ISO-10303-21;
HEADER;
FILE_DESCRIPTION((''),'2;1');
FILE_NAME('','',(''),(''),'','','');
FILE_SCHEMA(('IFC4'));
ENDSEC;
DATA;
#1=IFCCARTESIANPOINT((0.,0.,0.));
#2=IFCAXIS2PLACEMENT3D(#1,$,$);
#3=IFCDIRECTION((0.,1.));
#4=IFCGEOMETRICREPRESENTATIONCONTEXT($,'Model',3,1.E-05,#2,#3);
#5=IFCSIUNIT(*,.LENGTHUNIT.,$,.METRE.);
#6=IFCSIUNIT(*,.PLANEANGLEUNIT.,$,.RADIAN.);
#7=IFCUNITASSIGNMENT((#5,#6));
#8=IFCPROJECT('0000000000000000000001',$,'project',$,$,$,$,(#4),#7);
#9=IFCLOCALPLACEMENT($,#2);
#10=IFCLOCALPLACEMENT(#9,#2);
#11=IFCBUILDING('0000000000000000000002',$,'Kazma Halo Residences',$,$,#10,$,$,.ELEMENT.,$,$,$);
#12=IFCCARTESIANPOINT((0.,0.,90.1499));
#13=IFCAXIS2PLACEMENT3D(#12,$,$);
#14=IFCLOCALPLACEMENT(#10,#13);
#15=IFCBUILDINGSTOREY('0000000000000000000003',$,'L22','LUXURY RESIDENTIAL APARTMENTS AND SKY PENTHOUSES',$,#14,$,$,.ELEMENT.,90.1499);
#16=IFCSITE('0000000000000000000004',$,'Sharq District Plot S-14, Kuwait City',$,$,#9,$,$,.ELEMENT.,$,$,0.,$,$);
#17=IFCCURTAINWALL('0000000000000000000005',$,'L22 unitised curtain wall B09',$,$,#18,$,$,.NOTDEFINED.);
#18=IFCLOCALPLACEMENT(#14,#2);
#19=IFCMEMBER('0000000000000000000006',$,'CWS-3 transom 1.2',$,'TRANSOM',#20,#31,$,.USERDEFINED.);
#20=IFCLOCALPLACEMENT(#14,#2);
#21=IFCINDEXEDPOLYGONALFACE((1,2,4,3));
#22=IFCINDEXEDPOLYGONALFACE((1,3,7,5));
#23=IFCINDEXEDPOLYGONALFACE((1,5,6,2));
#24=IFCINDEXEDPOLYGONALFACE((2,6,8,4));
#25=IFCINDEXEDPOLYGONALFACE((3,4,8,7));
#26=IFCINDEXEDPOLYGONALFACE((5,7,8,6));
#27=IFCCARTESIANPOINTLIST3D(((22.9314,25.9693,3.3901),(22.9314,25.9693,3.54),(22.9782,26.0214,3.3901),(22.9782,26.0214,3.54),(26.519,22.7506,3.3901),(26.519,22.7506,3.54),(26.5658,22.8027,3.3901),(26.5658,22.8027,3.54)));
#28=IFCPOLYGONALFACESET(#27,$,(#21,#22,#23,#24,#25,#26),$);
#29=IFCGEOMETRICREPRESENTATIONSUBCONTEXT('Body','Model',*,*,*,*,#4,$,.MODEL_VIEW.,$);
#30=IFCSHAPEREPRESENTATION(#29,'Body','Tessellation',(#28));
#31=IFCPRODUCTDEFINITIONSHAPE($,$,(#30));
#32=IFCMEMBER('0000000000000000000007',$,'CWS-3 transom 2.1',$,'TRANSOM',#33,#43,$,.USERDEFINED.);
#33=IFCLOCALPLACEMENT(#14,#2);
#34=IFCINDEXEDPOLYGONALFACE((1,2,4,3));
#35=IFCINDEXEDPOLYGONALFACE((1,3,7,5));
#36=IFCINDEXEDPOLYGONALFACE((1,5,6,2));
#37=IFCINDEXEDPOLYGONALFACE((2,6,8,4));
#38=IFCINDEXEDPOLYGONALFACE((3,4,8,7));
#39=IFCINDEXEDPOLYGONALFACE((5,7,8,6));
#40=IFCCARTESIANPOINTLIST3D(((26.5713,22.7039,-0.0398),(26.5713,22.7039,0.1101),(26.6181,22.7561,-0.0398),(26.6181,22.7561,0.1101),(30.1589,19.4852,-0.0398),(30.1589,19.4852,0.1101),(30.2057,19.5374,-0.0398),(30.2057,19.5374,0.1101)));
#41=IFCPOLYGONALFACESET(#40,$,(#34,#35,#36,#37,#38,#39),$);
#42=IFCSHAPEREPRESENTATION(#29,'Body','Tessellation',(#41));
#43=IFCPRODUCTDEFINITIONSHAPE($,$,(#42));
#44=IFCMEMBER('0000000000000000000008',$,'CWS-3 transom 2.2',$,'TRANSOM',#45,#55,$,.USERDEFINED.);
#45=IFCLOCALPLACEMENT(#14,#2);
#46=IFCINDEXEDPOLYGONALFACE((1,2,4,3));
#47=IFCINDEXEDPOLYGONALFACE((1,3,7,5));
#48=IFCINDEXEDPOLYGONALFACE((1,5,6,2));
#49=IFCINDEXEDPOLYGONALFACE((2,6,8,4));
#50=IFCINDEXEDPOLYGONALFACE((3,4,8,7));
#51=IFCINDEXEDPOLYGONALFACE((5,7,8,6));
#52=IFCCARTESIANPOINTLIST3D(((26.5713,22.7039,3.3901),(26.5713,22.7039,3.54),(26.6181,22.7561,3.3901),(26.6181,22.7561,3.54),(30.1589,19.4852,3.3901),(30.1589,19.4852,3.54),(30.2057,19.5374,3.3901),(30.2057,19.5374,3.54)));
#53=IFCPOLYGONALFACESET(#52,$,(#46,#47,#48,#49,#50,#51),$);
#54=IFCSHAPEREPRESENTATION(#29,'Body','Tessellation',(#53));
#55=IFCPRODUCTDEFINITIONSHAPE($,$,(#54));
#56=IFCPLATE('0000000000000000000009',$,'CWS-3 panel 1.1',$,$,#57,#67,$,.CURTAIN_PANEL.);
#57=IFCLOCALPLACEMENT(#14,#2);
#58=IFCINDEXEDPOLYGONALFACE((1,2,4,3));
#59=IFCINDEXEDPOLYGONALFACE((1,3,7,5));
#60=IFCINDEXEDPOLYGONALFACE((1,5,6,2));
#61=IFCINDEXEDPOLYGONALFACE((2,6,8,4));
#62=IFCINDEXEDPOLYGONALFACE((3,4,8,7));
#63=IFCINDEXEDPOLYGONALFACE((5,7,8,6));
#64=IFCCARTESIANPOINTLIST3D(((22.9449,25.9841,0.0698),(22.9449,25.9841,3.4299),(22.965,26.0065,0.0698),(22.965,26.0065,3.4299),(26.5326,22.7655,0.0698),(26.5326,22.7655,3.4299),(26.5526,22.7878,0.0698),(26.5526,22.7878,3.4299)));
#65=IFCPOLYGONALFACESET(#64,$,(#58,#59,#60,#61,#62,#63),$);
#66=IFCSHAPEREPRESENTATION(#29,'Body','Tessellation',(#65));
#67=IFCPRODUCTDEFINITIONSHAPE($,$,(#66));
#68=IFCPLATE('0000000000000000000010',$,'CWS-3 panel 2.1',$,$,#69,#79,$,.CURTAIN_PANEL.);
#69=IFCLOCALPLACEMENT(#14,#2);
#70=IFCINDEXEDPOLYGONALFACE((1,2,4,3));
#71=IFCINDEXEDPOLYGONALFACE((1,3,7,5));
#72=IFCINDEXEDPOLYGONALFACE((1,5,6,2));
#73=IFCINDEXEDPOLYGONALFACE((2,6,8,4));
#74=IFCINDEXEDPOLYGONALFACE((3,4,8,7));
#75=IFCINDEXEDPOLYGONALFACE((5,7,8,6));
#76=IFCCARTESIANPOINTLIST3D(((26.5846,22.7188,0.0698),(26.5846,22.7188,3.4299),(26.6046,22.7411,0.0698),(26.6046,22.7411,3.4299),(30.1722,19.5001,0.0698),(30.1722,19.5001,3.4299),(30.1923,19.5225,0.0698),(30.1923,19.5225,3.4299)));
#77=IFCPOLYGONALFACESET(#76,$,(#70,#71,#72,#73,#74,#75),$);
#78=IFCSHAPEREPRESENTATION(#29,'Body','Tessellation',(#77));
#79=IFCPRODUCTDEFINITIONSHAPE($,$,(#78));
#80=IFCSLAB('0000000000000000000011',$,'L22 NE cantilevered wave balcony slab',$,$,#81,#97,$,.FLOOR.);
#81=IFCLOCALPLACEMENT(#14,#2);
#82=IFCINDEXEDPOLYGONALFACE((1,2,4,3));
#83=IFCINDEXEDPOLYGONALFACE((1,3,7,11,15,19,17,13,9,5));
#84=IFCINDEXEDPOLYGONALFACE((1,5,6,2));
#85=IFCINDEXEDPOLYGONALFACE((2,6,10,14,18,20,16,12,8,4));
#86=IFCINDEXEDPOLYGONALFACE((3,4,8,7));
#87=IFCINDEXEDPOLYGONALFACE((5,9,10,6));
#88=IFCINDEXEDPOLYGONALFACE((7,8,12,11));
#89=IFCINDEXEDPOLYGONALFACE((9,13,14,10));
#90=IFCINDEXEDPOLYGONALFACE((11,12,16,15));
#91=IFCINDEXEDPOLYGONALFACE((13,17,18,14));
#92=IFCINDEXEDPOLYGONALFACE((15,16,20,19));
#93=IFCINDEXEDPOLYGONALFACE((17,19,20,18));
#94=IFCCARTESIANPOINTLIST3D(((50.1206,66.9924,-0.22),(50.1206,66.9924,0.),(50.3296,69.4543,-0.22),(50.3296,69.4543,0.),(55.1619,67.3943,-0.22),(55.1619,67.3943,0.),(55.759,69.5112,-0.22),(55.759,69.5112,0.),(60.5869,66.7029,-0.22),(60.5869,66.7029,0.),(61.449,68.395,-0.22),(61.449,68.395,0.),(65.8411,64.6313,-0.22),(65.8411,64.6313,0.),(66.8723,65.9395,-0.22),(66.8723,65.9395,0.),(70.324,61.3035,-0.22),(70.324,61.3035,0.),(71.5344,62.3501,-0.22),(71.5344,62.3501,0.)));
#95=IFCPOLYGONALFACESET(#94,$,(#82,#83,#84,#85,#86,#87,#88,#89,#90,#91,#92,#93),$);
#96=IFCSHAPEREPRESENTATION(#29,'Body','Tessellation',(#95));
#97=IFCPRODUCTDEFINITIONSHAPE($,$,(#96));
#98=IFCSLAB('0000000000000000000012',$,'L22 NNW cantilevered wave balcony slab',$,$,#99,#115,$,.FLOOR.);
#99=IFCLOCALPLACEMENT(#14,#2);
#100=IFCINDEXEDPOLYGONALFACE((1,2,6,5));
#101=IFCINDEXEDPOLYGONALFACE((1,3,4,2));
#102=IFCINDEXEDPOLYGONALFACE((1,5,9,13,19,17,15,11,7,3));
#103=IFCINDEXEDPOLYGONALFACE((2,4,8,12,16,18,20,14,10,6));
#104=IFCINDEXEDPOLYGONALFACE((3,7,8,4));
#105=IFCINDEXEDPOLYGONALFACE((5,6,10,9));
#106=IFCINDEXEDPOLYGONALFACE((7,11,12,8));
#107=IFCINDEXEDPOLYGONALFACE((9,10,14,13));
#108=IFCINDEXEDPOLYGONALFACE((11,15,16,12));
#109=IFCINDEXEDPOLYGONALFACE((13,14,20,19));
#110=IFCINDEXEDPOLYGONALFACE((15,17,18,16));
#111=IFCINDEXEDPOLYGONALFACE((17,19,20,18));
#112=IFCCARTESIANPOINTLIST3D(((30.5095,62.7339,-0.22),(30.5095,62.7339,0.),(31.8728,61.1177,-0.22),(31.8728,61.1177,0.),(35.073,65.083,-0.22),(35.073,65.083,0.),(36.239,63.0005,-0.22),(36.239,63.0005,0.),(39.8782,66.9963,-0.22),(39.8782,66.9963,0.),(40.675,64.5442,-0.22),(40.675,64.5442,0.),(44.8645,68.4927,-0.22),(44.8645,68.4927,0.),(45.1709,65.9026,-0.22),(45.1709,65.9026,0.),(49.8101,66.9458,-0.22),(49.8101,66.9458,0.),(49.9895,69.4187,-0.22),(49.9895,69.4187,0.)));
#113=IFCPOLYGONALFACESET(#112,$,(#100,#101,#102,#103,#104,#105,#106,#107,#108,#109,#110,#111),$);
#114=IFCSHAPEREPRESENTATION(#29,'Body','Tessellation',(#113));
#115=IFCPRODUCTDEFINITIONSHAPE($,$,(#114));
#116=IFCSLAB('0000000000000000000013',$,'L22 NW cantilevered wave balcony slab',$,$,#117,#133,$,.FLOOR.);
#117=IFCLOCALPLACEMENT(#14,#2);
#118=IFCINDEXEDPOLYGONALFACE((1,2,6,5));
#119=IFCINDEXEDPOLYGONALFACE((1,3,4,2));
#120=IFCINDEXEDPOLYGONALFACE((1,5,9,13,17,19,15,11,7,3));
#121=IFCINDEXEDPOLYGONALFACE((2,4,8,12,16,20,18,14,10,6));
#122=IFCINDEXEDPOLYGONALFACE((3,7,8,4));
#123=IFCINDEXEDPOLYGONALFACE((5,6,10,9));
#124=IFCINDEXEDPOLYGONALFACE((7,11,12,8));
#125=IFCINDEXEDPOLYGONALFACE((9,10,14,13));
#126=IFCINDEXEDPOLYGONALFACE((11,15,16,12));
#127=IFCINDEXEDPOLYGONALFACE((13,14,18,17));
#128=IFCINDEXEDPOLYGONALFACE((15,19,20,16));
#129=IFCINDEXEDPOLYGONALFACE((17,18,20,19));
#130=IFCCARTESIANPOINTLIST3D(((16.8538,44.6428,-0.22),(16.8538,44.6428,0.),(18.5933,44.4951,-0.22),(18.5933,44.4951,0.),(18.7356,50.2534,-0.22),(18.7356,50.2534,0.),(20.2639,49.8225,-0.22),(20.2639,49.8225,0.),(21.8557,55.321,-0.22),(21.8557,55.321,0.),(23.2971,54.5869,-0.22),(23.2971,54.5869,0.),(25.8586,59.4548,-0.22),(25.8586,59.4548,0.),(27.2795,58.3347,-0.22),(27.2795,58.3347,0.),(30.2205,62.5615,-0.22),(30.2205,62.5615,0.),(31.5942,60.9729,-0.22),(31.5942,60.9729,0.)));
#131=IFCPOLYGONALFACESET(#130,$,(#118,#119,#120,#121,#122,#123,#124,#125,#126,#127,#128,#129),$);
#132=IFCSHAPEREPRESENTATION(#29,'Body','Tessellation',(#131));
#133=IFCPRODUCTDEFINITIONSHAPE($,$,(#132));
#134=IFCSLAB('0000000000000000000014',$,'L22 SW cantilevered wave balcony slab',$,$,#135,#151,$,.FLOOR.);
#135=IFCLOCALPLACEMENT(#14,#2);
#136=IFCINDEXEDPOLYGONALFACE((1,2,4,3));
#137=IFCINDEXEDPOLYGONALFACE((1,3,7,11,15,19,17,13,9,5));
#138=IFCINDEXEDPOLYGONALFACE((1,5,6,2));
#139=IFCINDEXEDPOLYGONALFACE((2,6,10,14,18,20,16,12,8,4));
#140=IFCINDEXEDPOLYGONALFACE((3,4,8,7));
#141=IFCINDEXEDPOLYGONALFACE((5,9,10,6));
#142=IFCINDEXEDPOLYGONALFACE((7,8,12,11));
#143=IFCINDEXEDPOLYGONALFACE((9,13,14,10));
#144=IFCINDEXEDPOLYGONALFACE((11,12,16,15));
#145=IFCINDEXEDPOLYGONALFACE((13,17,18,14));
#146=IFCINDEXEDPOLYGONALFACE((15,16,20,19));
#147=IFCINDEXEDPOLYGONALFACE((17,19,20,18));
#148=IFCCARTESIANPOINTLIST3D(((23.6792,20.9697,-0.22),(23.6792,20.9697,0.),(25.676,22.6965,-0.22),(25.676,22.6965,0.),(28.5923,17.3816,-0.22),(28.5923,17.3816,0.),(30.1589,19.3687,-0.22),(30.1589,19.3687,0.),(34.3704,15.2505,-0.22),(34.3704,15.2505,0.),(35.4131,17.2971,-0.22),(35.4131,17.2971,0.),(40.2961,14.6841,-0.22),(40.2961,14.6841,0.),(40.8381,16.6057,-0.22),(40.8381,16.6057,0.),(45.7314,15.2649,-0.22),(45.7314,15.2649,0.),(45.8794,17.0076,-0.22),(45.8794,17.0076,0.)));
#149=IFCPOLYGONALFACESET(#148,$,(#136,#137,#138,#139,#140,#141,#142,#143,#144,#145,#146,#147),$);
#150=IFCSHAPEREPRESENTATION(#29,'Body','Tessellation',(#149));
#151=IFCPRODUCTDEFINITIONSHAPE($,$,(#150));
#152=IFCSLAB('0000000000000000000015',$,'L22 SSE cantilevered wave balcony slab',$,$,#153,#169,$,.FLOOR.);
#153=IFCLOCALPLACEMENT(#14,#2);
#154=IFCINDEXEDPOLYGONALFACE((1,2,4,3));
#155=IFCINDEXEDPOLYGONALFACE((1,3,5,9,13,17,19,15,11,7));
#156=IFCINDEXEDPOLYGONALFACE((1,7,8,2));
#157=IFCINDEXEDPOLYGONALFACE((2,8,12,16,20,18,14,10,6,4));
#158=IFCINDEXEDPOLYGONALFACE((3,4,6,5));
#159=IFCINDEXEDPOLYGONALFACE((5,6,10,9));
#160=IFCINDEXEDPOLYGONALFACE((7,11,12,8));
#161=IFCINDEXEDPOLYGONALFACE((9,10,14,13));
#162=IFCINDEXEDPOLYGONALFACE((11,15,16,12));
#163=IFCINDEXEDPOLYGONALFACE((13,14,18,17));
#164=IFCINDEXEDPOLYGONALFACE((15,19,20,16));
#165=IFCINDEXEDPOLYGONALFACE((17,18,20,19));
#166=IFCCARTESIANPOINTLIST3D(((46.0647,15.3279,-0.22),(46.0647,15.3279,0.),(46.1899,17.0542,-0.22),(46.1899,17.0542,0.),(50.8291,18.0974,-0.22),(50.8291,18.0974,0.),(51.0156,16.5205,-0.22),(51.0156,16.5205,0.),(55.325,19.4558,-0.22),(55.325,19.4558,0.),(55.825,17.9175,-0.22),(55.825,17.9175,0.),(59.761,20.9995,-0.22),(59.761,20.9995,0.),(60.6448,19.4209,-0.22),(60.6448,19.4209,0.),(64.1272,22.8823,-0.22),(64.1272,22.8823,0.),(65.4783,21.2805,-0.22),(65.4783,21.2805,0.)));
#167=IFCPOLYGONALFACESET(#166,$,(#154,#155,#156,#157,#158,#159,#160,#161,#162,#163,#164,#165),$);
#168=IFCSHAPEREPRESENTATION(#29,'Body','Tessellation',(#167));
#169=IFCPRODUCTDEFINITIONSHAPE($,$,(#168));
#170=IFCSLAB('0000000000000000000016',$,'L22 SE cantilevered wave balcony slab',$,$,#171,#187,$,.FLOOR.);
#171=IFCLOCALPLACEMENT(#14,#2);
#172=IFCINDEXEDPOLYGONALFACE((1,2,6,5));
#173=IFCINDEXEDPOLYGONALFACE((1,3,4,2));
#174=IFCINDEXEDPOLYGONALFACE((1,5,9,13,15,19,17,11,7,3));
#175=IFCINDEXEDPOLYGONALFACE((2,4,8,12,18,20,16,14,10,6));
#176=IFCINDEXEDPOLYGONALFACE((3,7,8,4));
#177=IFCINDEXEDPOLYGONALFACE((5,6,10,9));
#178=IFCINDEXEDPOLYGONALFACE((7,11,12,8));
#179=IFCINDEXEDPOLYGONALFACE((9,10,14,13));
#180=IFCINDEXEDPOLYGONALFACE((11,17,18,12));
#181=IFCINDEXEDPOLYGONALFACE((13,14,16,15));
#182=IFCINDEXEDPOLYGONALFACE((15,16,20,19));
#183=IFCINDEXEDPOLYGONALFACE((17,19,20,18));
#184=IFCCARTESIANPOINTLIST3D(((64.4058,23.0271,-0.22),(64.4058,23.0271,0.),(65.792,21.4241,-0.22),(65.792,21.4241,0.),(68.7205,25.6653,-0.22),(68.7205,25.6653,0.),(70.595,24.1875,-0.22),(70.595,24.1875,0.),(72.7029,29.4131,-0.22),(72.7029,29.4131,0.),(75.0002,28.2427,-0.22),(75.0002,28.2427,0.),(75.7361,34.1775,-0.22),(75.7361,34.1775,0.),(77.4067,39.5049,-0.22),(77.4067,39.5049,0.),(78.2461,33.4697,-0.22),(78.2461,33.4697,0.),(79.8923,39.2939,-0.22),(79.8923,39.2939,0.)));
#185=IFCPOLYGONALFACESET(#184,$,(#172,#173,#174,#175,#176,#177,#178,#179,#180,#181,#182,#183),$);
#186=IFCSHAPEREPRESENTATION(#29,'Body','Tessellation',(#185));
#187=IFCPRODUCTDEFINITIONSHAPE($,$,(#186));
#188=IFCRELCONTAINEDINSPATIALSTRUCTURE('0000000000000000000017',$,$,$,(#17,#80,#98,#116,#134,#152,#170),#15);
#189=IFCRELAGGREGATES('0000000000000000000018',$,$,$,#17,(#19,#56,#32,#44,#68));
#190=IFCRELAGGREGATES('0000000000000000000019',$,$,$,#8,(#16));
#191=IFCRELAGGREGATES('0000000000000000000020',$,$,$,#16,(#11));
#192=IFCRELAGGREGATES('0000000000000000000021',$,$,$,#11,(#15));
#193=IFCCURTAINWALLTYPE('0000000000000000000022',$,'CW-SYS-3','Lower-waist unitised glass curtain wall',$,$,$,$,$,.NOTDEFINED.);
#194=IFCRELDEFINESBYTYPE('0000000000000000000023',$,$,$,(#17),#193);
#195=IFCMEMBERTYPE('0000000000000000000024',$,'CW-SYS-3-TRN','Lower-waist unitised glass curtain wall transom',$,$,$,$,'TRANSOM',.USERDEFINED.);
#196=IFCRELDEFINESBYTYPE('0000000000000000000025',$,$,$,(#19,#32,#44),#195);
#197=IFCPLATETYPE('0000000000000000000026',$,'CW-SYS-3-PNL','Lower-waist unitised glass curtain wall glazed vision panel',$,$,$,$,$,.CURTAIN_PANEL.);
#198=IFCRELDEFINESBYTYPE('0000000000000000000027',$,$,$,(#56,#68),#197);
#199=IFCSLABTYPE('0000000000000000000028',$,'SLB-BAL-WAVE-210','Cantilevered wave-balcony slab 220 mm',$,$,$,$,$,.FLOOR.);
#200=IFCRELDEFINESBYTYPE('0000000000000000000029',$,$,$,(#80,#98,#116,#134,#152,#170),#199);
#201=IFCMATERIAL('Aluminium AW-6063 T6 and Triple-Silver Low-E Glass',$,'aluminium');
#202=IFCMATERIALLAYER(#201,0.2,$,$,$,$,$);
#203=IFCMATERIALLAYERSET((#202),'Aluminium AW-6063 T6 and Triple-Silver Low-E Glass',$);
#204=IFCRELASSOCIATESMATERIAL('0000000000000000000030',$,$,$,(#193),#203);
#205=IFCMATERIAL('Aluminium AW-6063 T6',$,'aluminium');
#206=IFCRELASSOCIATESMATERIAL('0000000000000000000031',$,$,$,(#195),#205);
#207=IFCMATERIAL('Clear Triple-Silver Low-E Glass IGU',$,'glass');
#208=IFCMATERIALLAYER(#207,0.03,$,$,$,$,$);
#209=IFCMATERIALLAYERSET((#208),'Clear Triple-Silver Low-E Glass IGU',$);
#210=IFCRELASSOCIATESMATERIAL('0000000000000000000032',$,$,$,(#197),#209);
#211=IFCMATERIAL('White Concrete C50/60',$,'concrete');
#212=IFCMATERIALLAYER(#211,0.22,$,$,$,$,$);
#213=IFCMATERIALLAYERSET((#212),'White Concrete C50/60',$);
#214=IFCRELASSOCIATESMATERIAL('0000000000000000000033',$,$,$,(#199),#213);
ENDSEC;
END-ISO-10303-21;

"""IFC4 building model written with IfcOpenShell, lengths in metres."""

from ifc_helpers import new_model, si_unit, direction, frame, origin, origin_2d, place, context, subcontext, project, spatial, polyline, rectangle, outline, extrude, material, layer, layer_set, material_profile, profile_set, type_object, element, aggregate, save


model = new_model("IFC4")

# Units and contexts
model_context = context("Model", 3, precision=1e-05, world=origin(), true_north=direction((0.0, 1.0)))
body_context = subcontext(model_context, "Body", "Model", "MODEL_VIEW")
ifc_project = project(units=[si_unit("LENGTHUNIT", "METRE"), si_unit("PLANEANGLEUNIT", "RADIAN")], contexts=[model_context])

# Site, building, storey
site_placement = place(None, origin())
site = spatial("IfcSite", under=ifc_project, at=site_placement, Name="Sharq District Plot S-14, Kuwait City", CompositionType="ELEMENT", RefElevation=0.0)
building_placement = place(site_placement, origin())
building = spatial("IfcBuilding", under=site, at=building_placement, Name="Kazma Halo Residences", CompositionType="ELEMENT")
storey_placement = place(building_placement, frame((0.0, 0.0, 90.1499)))
storey = spatial("IfcBuildingStorey", under=building, at=storey_placement, Name="L22", Description="LUXURY RESIDENTIAL APARTMENTS AND SKY PENTHOUSES", CompositionType="ELEMENT", Elevation=90.1499)

# Curtain wall, members, plates
ifc_material_1 = material(Name="Aluminium AW-6063 T6 and Triple-Silver Low-E Glass", Category="aluminium")
ifc_layer_1 = layer(ifc_material_1, 0.2)
ifc_layer_set_1 = layer_set([ifc_layer_1], Name="Aluminium AW-6063 T6 and Triple-Silver Low-E Glass")
curtain_wall_type = type_object("IfcCurtainWallType", Name="CW-SYS-3", Description="Lower-waist unitised glass curtain wall", PredefinedType="NOTDEFINED", material=ifc_layer_set_1)
curtain_wall_placement = place(storey_placement, origin())
curtain_wall = element("IfcCurtainWall", 1, at=curtain_wall_placement, inside=storey, type_object=curtain_wall_type, Name="L22 unitised curtain wall B09", PredefinedType="NOTDEFINED")
ifc_material_2 = material(Name="Aluminium AW-6063 T6", Category="aluminium")
ifc_material_profile_1 = material_profile(ifc_material_2, rectangle(XDim=0.0701, YDim=0.1499, at=origin_2d()), Name="CWT-70x150")
ifc_profile_set_1 = profile_set([ifc_material_profile_1], Name="Aluminium AW-6063 T6")
member_type_1 = type_object("IfcMemberType", Name="CW-SYS-3-TRN", Description="Lower-waist unitised glass curtain wall transom", ElementType="TRANSOM", PredefinedType="USERDEFINED", material=ifc_profile_set_1)
member_1_placement = place(storey_placement, frame((22.9548, 25.9954, 3.4651), z_axis=(0.744338, -0.667803, 0.0), x_axis=(0.667803, 0.744338, 0.0)))
member_1 = element("IfcMember", 2, at=member_1_placement, type_object=member_type_1, Name="CWS-3 transom 1.2", ObjectType="TRANSOM", PredefinedType="USERDEFINED", context=body_context, shape_type="SweptSolid", body=[
    extrude(rectangle(XDim=0.0701, YDim=0.1499, at=origin_2d()), origin(), (0.0, 0.0, 1.0), 4.8198),
])
member_2_placement = place(storey_placement, frame((26.5947, 22.73, 0.0352), z_axis=(0.744338, -0.667803, 0.0), x_axis=(0.667803, 0.744338, 0.0)))
member_2 = element("IfcMember", 3, at=member_2_placement, type_object=member_type_1, Name="CWS-3 transom 2.1", ObjectType="TRANSOM", PredefinedType="USERDEFINED", context=body_context, shape_type="SweptSolid", body=[
    extrude(rectangle(XDim=0.0701, YDim=0.1499, at=origin_2d()), origin(), (0.0, 0.0, 1.0), 4.8198),
])
member_3_placement = place(storey_placement, frame((26.5947, 22.73, 3.4651), z_axis=(0.744338, -0.667803, 0.0), x_axis=(0.667803, 0.744338, 0.0)))
member_3 = element("IfcMember", 4, at=member_3_placement, type_object=member_type_1, Name="CWS-3 transom 2.2", ObjectType="TRANSOM", PredefinedType="USERDEFINED", context=body_context, shape_type="SweptSolid", body=[
    extrude(rectangle(XDim=0.0701, YDim=0.1499, at=origin_2d()), origin(), (0.0, 0.0, 1.0), 4.8198),
])
ifc_material_3 = material(Name="Clear Triple-Silver Low-E Glass IGU", Category="glass")
ifc_layer_2 = layer(ifc_material_3, 0.03)
ifc_layer_set_2 = layer_set([ifc_layer_2], Name="Clear Triple-Silver Low-E Glass IGU")
plate_type = type_object("IfcPlateType", Name="CW-SYS-3-PNL", Description="Lower-waist unitised glass curtain wall glazed vision panel", PredefinedType="CURTAIN_PANEL", material=ifc_layer_set_2)
plate_1_placement = place(storey_placement, frame((24.7488, 24.386, 0.0698), z_axis=(0.0, 0.0, 1.0), x_axis=(0.744345, -0.667795, 0.0)))
plate_1 = element("IfcPlate", 5, at=plate_1_placement, type_object=plate_type, Name="CWS-3 panel 1.1", PredefinedType="CURTAIN_PANEL", context=body_context, shape_type="SweptSolid", body=[
    extrude(rectangle(XDim=4.8198, YDim=0.03, at=origin_2d()), origin(), (0.0, 0.0, 1.0), 3.3601),
])
plate_2_placement = place(storey_placement, frame((28.3884, 21.1206, 0.0698), z_axis=(0.0, 0.0, 1.0), x_axis=(0.744345, -0.667795, 0.0)))
plate_2 = element("IfcPlate", 6, at=plate_2_placement, type_object=plate_type, Name="CWS-3 panel 2.1", PredefinedType="CURTAIN_PANEL", context=body_context, shape_type="SweptSolid", body=[
    extrude(rectangle(XDim=4.8198, YDim=0.03, at=origin_2d()), origin(), (0.0, 0.0, 1.0), 3.3601),
])
aggregate(curtain_wall, [member_1, plate_1, member_2, member_3, plate_2])

# Slabs
ifc_material_4 = material(Name="White Concrete C50/60", Category="concrete")
ifc_layer_3 = layer(ifc_material_4, 0.22)
ifc_layer_set_3 = layer_set([ifc_layer_3], Name="White Concrete C50/60")
slab_type_1 = type_object("IfcSlabType", Name="SLB-BAL-WAVE-210", Description="Cantilevered wave-balcony slab 220 mm", PredefinedType="FLOOR", material=ifc_layer_set_3)
slab_1_placement = place(storey_placement, frame((0.0, 0.0, -0.22)))
element("IfcSlab", 7, at=slab_1_placement, inside=storey, type_object=slab_type_1, Name="L22 NE cantilevered wave balcony slab", PredefinedType="FLOOR", context=body_context, shape_type="SweptSolid", body=[
    extrude(outline(polyline([(70.324, 61.3035), (65.8411, 64.6313), (60.5869, 66.7029), (55.1619, 67.3943), (50.1206, 66.9924), (50.3296, 69.4543), (55.759, 69.5112), (61.449, 68.395), (66.8723, 65.9395), (71.5344, 62.3501), (70.324, 61.3035)])), origin(), (0.0, 0.0, 1.0), 0.22),
])
slab_2_placement = place(storey_placement, frame((0.0, 0.0, -0.22)))
element("IfcSlab", 8, at=slab_2_placement, inside=storey, type_object=slab_type_1, Name="L22 NNW cantilevered wave balcony slab", PredefinedType="FLOOR", context=body_context, shape_type="SweptSolid", body=[
    extrude(outline(polyline([(49.8101, 66.9458), (45.1709, 65.9026), (40.675, 64.5442), (36.239, 63.0005), (31.8728, 61.1177), (30.5095, 62.7339), (35.073, 65.083), (39.8782, 66.9963), (44.8645, 68.4927), (49.9895, 69.4187), (49.8101, 66.9458)])), origin(), (0.0, 0.0, 1.0), 0.22),
])
slab_3_placement = place(storey_placement, frame((0.0, 0.0, -0.22)))
element("IfcSlab", 9, at=slab_3_placement, inside=storey, type_object=slab_type_1, Name="L22 NW cantilevered wave balcony slab", PredefinedType="FLOOR", context=body_context, shape_type="SweptSolid", body=[
    extrude(outline(polyline([(31.5942, 60.9729), (27.2795, 58.3347), (23.2971, 54.5869), (20.2639, 49.8225), (18.5933, 44.4951), (16.8538, 44.6428), (18.7356, 50.2534), (21.8557, 55.321), (25.8586, 59.4548), (30.2205, 62.5615), (31.5942, 60.9729)])), origin(), (0.0, 0.0, 1.0), 0.22),
])
slab_4_placement = place(storey_placement, frame((0.0, 0.0, -0.22)))
element("IfcSlab", 10, at=slab_4_placement, inside=storey, type_object=slab_type_1, Name="L22 SW cantilevered wave balcony slab", PredefinedType="FLOOR", context=body_context, shape_type="SweptSolid", body=[
    extrude(outline(polyline([(25.676, 22.6965), (30.1589, 19.3687), (35.4131, 17.2971), (40.8381, 16.6057), (45.8794, 17.0076), (45.7314, 15.2649), (40.2961, 14.6841), (34.3704, 15.2505), (28.5923, 17.3816), (23.6792, 20.9697), (25.676, 22.6965)])), origin(), (0.0, 0.0, 1.0), 0.22),
])
slab_5_placement = place(storey_placement, frame((0.0, 0.0, -0.22)))
element("IfcSlab", 11, at=slab_5_placement, inside=storey, type_object=slab_type_1, Name="L22 SSE cantilevered wave balcony slab", PredefinedType="FLOOR", context=body_context, shape_type="SweptSolid", body=[
    extrude(outline(polyline([(46.1899, 17.0542), (50.8291, 18.0974), (55.325, 19.4558), (59.761, 20.9995), (64.1272, 22.8823), (65.4783, 21.2805), (60.6448, 19.4209), (55.825, 17.9175), (51.0156, 16.5205), (46.0647, 15.3279), (46.1899, 17.0542)])), origin(), (0.0, 0.0, 1.0), 0.22),
])
slab_6_placement = place(storey_placement, frame((0.0, 0.0, -0.22)))
element("IfcSlab", 12, at=slab_6_placement, inside=storey, type_object=slab_type_1, Name="L22 SE cantilevered wave balcony slab", PredefinedType="FLOOR", context=body_context, shape_type="SweptSolid", body=[
    extrude(outline(polyline([(64.4058, 23.0271), (68.7205, 25.6653), (72.7029, 29.4131), (75.7361, 34.1775), (77.4067, 39.5049), (79.8923, 39.2939), (78.2461, 33.4697), (75.0002, 28.2427), (70.595, 24.1875), (65.792, 21.4241), (64.4058, 23.0271)])), origin(), (0.0, 0.0, 1.0), 0.22),
])

save(model, "model.ifc")
